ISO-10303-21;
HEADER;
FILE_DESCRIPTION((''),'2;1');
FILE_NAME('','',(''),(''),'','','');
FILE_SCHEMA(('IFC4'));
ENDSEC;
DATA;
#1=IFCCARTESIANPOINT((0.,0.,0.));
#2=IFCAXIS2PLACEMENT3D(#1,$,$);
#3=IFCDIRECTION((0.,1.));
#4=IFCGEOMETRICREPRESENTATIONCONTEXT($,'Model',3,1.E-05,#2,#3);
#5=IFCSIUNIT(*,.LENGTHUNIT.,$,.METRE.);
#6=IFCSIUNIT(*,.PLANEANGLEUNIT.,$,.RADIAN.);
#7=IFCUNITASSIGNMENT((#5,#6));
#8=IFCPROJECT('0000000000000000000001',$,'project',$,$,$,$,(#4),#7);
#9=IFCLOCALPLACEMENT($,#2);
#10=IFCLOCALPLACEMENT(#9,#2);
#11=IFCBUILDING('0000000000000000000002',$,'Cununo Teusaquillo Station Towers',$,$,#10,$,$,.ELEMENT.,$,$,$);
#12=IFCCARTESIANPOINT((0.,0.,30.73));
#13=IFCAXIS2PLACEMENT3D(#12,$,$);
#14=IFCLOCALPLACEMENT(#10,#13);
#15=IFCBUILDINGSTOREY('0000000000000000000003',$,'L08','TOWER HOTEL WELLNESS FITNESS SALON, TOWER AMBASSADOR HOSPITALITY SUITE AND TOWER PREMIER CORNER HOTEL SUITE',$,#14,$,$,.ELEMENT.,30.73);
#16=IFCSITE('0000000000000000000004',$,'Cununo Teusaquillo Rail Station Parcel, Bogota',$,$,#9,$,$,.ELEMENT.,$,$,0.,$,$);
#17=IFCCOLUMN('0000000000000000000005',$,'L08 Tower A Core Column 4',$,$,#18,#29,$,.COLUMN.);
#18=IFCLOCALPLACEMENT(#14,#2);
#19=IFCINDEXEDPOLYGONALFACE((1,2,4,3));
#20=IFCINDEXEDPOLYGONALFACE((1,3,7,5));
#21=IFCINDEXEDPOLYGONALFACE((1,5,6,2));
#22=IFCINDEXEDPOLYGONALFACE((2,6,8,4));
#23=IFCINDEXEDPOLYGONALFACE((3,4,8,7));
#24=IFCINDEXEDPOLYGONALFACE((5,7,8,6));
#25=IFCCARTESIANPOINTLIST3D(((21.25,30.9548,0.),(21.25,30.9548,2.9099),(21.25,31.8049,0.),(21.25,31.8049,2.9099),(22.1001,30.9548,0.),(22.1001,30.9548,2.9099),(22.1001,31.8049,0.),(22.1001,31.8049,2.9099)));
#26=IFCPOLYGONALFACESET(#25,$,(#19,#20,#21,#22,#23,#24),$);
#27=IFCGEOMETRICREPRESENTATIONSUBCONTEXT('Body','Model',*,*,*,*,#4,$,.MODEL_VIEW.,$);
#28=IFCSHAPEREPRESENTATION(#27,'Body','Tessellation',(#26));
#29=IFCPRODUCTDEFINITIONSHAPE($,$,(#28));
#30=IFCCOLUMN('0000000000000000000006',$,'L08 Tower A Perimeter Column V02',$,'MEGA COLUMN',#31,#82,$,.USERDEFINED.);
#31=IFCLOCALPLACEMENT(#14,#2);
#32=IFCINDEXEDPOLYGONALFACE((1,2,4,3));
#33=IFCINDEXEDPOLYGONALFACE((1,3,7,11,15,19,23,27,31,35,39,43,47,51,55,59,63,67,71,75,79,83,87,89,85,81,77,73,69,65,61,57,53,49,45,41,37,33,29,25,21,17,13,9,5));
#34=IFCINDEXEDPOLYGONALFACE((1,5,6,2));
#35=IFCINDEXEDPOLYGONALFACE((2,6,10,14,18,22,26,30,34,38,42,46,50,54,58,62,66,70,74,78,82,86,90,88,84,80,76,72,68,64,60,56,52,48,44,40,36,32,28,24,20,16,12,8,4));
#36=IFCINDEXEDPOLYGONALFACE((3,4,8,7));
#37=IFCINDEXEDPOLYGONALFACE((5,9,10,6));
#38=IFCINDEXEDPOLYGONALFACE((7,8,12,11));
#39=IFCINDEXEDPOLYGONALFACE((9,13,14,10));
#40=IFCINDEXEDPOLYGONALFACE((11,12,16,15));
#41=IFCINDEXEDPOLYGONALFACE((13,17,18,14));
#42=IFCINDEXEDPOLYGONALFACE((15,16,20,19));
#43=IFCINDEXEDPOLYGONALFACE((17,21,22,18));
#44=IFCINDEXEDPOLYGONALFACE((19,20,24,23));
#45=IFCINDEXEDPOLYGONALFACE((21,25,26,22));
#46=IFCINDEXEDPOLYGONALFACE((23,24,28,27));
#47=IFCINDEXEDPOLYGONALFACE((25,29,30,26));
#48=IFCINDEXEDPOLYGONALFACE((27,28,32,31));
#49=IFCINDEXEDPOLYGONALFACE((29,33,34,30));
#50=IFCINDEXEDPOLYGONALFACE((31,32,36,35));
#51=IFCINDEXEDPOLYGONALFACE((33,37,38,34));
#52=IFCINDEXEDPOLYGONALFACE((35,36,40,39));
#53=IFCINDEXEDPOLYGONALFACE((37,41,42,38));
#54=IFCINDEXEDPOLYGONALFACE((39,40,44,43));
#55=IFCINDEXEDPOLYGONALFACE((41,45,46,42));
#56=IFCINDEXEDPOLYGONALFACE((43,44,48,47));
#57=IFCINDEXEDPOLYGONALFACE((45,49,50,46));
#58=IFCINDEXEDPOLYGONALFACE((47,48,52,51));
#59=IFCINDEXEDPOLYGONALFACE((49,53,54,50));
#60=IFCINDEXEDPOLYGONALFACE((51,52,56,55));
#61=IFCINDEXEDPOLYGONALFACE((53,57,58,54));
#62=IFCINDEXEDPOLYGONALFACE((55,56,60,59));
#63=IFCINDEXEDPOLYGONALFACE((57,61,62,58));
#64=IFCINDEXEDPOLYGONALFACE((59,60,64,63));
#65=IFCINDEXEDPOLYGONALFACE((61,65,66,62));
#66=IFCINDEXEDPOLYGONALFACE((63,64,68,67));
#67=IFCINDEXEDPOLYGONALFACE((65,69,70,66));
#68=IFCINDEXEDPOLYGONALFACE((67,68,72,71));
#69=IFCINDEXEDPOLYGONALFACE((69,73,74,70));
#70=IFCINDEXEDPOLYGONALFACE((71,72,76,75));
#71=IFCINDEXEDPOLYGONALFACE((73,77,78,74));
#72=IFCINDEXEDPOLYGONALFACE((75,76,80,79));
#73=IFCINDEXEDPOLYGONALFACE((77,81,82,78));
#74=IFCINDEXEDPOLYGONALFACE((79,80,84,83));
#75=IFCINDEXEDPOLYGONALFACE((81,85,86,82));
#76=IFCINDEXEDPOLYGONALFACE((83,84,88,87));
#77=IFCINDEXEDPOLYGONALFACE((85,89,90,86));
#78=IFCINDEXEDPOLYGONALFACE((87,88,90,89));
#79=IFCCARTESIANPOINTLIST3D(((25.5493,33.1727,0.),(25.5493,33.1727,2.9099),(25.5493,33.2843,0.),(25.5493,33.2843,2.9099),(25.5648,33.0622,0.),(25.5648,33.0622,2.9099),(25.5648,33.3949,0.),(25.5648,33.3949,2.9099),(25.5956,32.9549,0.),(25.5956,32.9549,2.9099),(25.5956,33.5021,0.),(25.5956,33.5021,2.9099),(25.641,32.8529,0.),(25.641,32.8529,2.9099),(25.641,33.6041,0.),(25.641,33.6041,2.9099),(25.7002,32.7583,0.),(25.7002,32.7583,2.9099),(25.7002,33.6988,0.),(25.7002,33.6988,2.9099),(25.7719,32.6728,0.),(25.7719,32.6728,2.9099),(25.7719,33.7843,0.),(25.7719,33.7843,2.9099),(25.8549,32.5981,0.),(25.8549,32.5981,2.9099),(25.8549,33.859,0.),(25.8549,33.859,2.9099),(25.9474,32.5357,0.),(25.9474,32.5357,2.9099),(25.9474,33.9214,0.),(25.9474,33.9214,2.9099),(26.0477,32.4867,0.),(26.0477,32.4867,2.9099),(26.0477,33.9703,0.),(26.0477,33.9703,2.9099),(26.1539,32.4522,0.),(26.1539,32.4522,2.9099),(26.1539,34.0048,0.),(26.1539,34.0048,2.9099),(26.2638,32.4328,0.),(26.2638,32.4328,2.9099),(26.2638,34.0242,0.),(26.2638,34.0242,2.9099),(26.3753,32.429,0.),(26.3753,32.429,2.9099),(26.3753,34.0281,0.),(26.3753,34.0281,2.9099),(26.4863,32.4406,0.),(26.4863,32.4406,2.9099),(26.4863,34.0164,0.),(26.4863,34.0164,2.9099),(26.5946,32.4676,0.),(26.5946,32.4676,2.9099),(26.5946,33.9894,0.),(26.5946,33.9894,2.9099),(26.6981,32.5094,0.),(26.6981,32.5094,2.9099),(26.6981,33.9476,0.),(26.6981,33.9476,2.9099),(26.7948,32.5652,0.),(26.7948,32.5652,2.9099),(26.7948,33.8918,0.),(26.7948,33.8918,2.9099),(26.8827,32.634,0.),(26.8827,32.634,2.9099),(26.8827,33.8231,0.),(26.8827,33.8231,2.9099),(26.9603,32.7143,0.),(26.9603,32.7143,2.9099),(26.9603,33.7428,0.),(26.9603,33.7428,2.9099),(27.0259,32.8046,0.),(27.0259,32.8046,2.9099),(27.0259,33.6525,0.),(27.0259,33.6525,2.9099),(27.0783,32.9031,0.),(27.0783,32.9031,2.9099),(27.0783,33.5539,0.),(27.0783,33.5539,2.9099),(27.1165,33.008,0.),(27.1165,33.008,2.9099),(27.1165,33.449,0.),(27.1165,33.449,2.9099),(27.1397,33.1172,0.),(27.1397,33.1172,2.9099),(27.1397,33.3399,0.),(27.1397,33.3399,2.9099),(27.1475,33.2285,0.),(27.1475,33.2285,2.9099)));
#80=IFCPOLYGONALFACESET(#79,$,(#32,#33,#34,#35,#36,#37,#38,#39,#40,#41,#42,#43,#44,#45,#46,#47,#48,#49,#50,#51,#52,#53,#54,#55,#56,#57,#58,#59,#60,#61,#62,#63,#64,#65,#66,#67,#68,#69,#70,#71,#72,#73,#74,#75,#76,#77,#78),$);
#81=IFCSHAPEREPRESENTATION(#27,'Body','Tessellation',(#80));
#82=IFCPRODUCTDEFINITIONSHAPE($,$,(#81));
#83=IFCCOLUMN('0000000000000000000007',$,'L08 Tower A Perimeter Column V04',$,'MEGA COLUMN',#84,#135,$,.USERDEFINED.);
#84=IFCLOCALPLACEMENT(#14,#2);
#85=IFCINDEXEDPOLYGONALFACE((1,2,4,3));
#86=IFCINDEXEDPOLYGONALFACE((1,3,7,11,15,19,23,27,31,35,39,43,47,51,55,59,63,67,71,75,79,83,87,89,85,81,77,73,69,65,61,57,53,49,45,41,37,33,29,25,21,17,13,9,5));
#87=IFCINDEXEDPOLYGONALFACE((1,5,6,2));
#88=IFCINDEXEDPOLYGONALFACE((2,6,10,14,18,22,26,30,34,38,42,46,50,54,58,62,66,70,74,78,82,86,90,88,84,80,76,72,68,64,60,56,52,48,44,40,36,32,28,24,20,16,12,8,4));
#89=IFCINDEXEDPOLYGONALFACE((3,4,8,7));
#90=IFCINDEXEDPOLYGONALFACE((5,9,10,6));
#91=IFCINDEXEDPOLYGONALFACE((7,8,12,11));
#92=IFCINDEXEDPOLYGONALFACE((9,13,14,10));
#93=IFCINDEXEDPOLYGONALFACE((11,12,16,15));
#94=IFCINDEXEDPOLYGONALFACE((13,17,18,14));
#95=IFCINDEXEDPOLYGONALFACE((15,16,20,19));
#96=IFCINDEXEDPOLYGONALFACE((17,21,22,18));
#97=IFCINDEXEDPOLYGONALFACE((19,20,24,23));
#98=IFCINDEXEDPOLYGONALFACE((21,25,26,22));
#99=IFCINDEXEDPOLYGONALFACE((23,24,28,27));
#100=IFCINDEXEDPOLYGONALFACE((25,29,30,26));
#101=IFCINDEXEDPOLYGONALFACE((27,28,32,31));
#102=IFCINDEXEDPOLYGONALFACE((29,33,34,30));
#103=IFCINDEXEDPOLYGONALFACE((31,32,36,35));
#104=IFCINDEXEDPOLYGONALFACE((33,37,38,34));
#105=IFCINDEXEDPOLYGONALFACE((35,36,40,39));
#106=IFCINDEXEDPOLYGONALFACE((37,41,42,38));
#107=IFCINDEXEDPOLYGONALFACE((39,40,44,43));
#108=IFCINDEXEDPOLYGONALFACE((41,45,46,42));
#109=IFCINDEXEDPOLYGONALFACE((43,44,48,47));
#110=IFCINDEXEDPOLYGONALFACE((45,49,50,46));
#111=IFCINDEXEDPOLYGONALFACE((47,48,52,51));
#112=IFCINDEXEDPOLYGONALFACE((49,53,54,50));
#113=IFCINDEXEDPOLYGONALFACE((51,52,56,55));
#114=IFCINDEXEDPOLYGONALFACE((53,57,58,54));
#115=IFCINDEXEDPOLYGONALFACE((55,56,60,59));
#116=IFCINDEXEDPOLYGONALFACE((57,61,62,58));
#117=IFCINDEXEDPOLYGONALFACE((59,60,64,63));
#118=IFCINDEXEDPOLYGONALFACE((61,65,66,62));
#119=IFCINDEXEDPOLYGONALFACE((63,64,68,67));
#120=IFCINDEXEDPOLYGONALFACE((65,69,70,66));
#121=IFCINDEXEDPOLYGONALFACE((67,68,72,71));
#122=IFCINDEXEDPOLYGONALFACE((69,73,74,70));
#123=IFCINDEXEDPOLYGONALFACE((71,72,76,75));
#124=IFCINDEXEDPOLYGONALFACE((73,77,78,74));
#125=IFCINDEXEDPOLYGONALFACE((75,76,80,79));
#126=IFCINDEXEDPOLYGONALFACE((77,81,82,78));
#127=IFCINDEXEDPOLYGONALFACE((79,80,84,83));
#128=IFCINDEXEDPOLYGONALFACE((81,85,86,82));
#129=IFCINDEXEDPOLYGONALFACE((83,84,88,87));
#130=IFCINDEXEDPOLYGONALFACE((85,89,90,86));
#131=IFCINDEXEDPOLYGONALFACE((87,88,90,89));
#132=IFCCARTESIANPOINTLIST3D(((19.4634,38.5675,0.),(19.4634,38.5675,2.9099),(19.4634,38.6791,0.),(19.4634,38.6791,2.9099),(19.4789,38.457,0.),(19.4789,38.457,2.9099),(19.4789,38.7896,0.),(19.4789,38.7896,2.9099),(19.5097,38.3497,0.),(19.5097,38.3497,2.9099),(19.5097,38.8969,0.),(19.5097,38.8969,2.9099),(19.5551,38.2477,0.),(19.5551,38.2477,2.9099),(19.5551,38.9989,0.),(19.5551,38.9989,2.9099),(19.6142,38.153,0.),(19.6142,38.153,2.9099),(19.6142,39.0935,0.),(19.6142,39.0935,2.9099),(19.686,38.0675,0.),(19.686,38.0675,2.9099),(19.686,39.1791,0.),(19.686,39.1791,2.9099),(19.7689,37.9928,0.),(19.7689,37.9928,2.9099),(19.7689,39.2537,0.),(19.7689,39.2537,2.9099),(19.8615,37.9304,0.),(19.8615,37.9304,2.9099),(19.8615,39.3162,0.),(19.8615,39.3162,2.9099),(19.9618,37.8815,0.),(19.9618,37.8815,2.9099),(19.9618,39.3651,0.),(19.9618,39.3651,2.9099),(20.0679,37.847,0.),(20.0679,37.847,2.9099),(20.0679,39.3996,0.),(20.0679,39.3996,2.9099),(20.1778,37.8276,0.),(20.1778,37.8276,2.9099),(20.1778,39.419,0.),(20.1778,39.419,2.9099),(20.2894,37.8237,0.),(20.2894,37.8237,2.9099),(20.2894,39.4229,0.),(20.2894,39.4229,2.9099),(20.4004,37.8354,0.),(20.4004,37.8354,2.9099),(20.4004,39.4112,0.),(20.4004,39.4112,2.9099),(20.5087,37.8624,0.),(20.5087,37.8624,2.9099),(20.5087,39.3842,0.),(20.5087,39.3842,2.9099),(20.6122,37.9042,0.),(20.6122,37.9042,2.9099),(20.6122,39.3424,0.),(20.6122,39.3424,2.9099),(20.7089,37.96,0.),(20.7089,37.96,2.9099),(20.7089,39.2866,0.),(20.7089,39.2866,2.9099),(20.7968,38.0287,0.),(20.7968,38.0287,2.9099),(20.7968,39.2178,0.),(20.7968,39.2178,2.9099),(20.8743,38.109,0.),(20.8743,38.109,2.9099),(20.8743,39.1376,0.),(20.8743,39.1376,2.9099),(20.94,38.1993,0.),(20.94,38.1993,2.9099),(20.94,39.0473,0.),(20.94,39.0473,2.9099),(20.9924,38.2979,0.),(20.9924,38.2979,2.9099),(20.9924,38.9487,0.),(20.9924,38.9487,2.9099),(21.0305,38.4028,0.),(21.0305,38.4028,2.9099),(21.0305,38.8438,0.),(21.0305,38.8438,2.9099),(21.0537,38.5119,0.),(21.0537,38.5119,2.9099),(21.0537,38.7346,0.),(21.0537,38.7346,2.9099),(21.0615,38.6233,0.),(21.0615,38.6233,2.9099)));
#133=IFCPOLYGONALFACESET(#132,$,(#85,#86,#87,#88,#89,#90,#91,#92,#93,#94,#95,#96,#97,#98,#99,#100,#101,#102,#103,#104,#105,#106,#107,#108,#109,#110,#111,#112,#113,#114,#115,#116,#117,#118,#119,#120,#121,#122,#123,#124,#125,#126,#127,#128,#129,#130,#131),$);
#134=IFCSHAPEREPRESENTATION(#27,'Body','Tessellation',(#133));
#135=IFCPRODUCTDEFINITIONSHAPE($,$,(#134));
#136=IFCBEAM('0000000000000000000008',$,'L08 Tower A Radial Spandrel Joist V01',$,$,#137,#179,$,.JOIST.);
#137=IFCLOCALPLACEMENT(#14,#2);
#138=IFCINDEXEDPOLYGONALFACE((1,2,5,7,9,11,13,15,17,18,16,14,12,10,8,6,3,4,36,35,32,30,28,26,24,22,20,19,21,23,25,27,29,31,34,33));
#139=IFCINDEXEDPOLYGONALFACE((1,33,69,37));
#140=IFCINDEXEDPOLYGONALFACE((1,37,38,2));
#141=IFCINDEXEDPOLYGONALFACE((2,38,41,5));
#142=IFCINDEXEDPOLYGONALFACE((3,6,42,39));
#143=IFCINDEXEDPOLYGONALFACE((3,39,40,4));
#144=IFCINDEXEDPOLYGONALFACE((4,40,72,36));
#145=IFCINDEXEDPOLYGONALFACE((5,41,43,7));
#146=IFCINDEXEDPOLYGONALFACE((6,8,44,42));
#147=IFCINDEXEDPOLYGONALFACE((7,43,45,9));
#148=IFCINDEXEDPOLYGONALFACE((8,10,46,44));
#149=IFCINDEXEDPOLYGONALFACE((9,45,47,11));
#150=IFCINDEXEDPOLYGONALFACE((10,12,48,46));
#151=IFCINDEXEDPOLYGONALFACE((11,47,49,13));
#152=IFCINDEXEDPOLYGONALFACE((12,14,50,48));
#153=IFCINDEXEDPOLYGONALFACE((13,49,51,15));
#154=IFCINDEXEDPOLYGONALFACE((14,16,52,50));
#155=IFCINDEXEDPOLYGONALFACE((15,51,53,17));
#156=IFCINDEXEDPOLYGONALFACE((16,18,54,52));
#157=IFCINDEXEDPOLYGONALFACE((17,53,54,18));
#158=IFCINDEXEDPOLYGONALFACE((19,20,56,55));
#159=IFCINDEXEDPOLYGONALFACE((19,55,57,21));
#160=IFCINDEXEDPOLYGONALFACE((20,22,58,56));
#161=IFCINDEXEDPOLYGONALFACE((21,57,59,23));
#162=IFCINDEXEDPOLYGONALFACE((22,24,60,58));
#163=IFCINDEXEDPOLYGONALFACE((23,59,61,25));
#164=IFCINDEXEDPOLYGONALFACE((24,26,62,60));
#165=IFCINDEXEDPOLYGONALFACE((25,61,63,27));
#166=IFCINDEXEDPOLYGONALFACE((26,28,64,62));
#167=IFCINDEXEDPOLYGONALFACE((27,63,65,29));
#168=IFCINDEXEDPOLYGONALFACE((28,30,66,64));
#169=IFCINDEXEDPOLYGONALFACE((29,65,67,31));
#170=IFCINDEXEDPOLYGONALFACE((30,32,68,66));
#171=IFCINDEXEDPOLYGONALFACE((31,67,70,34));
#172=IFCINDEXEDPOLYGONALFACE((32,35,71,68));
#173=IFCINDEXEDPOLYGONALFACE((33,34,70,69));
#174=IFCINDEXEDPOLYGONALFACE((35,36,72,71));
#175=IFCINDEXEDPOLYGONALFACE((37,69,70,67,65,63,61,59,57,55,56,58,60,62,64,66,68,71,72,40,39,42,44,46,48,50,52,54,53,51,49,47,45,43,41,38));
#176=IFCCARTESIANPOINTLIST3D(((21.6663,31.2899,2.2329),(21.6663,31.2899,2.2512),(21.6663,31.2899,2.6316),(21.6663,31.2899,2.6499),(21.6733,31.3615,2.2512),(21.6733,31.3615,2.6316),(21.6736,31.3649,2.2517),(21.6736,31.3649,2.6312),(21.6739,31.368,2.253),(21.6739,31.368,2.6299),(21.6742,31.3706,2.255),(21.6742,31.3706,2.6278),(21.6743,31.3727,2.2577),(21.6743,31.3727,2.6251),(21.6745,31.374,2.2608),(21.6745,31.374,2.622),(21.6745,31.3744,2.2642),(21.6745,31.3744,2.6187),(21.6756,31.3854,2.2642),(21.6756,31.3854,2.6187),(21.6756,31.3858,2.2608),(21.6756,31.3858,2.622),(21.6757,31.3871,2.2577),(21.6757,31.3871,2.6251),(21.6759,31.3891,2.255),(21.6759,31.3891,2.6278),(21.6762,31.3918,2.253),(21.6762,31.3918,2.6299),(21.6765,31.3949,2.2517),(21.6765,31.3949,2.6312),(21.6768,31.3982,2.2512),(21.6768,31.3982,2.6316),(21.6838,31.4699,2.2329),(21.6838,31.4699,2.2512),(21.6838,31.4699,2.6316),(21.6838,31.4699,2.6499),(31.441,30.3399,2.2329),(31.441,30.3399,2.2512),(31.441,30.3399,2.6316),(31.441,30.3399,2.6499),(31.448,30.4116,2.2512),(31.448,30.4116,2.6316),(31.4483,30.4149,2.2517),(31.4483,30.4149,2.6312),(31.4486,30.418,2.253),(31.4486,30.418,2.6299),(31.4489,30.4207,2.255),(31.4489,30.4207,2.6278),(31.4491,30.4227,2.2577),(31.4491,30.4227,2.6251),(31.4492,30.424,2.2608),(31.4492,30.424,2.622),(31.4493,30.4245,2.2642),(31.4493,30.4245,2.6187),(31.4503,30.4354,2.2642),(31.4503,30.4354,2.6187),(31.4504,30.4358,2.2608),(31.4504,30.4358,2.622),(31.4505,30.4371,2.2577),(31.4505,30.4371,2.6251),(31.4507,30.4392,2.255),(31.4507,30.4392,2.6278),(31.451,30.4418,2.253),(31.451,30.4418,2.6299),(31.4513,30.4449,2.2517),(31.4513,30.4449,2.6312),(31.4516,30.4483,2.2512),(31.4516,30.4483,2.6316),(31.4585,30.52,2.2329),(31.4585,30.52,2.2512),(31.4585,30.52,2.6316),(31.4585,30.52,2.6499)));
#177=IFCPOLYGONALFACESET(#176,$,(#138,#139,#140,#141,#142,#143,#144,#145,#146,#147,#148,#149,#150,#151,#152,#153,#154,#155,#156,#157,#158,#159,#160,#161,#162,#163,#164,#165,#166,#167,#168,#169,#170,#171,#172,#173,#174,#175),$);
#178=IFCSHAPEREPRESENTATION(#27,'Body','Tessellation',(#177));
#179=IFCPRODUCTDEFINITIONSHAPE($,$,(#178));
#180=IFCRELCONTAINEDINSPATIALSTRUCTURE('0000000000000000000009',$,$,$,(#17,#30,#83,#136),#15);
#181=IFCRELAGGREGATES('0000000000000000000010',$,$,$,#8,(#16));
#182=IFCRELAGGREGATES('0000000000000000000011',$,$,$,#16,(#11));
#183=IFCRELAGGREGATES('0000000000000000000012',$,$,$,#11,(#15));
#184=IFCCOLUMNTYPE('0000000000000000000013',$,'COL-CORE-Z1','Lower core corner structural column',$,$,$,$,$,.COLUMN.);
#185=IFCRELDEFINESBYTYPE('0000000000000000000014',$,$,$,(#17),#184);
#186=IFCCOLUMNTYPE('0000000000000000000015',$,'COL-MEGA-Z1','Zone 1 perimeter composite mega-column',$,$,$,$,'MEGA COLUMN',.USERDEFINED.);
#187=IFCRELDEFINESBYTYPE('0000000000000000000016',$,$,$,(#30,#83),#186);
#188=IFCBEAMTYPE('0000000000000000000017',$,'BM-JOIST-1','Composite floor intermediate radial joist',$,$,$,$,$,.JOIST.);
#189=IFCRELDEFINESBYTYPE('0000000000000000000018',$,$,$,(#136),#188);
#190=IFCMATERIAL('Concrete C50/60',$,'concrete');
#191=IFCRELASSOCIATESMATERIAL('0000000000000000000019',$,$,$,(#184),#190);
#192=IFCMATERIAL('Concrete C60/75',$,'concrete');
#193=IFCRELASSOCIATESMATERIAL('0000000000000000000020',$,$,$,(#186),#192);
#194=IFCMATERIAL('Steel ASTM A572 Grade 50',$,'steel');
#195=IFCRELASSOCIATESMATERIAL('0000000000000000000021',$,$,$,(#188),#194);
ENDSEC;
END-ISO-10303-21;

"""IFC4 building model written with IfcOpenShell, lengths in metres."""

from ifc_helpers import new_model, si_unit, direction, frame, origin, origin_2d, place, context, subcontext, project, spatial, rectangle, circle, i_section, extrude, material, material_profile, profile_set, type_object, element, save


model = new_model("IFC4")

# Units and contexts
model_context = context("Model", 3, precision=1e-05, world=origin(), true_north=direction((0.0, 1.0)))
body_context = subcontext(model_context, "Body", "Model", "MODEL_VIEW")
ifc_project = project(units=[si_unit("LENGTHUNIT", "METRE"), si_unit("PLANEANGLEUNIT", "RADIAN")], contexts=[model_context])

# Site, building, storey
site_placement = place(None, origin())
site = spatial("IfcSite", under=ifc_project, at=site_placement, Name="Cununo Teusaquillo Rail Station Parcel, Bogota", CompositionType="ELEMENT", RefElevation=0.0)
building_placement = place(site_placement, origin())
building = spatial("IfcBuilding", under=site, at=building_placement, Name="Cununo Teusaquillo Station Towers", CompositionType="ELEMENT")
storey_placement = place(building_placement, frame((0.0, 0.0, 30.73)))
storey = spatial("IfcBuildingStorey", under=building, at=storey_placement, Name="L08", Description="TOWER HOTEL WELLNESS FITNESS SALON, TOWER AMBASSADOR HOSPITALITY SUITE AND TOWER PREMIER CORNER HOTEL SUITE", CompositionType="ELEMENT", Elevation=30.73)

# Columns
ifc_material_1 = material(Name="Concrete C50/60", Category="concrete")
ifc_material_profile_1 = material_profile(ifc_material_1, rectangle(XDim=0.8501, YDim=0.8501, at=origin_2d()), Name="RC-RECT-850x850")
ifc_profile_set_1 = profile_set([ifc_material_profile_1], Name="Concrete C50/60")
column_type_1 = type_object("IfcColumnType", Name="COL-CORE-Z1", Description="Lower core corner structural column", PredefinedType="COLUMN", material=ifc_profile_set_1)
column_placement = place(storey_placement, frame((21.675, 31.3799, 0.0), z_axis=(0.0, 0.0, 1.0), x_axis=(1.0, 0.0, 0.0)))
element("IfcColumn", 1, at=column_placement, inside=storey, type_object=column_type_1, Name="L08 Tower A Core Column 4", PredefinedType="COLUMN", context=body_context, shape_type="SweptSolid", body=[
    extrude(rectangle(XDim=0.8501, YDim=0.8501, at=origin_2d()), origin(), (0.0, 0.0, 1.0), 2.9099),
])
ifc_material_2 = material(Name="Concrete C60/75", Category="concrete")
ifc_material_profile_2 = material_profile(ifc_material_2, circle(Radius=0.8, at=origin_2d()), Name="RC-CIRC-1600")
ifc_profile_set_2 = profile_set([ifc_material_profile_2], Name="Concrete C60/75")
column_type_2 = type_object("IfcColumnType", Name="COL-MEGA-Z1", Description="Zone 1 perimeter composite mega-column", ElementType="MEGA COLUMN", PredefinedType="USERDEFINED", material=ifc_profile_set_2)
for number, where, z_axis, x_axis, name in (
    (2, (26.3474, 33.2285, 0.0), (0.0, 0.0, 1.0), (1.0, 0.0, 0.0), "L08 Tower A Perimeter Column V02"),
    (3, (20.2615, 38.6233, 0.0), (0.0, 0.0, 1.0), (1.0, 0.0, 0.0), "L08 Tower A Perimeter Column V04"),
):
    element("IfcColumn", number, at=place(storey_placement, frame(where, z_axis=z_axis, x_axis=x_axis)), inside=storey, type_object=column_type_2, Name=name, ObjectType="MEGA COLUMN", PredefinedType="USERDEFINED", context=body_context, shape_type="SweptSolid", body=[
        extrude(circle(Radius=0.8, at=origin_2d()), origin(), (0.0, 0.0, 1.0), 2.9099),
    ])

# Beam
ifc_material_3 = material(Name="Steel ASTM A572 Grade 50", Category="steel")
ifc_material_profile_3 = material_profile(ifc_material_3, i_section(OverallWidth=0.1809, OverallDepth=0.417, WebThickness=0.011, FlangeThickness=0.0183, FilletRadius=0.0129, at=origin_2d()), Name="W16X57")
ifc_profile_set_3 = profile_set([ifc_material_profile_3], Name="Steel ASTM A572 Grade 50")
beam_type_1 = type_object("IfcBeamType", Name="BM-JOIST-1", Description="Composite floor intermediate radial joist", PredefinedType="JOIST", material=ifc_profile_set_3)
beam_1_placement = place(storey_placement, frame((21.675, 31.3799, 2.4414), z_axis=(0.995311, -0.096729, 0.0), x_axis=(0.096729, 0.995311, 0.0)))
element("IfcBeam", 4, at=beam_1_placement, inside=storey, type_object=beam_type_1, Name="L08 Tower A Radial Spandrel Joist V01", PredefinedType="JOIST", context=body_context, shape_type="SweptSolid", body=[
    extrude(i_section(OverallWidth=0.1809, OverallDepth=0.417, WebThickness=0.011, FlangeThickness=0.0183, FilletRadius=0.0129, at=origin_2d()), origin(), (0.0, 0.0, 1.0), 9.8208),
])

save(model, "model.ifc")
